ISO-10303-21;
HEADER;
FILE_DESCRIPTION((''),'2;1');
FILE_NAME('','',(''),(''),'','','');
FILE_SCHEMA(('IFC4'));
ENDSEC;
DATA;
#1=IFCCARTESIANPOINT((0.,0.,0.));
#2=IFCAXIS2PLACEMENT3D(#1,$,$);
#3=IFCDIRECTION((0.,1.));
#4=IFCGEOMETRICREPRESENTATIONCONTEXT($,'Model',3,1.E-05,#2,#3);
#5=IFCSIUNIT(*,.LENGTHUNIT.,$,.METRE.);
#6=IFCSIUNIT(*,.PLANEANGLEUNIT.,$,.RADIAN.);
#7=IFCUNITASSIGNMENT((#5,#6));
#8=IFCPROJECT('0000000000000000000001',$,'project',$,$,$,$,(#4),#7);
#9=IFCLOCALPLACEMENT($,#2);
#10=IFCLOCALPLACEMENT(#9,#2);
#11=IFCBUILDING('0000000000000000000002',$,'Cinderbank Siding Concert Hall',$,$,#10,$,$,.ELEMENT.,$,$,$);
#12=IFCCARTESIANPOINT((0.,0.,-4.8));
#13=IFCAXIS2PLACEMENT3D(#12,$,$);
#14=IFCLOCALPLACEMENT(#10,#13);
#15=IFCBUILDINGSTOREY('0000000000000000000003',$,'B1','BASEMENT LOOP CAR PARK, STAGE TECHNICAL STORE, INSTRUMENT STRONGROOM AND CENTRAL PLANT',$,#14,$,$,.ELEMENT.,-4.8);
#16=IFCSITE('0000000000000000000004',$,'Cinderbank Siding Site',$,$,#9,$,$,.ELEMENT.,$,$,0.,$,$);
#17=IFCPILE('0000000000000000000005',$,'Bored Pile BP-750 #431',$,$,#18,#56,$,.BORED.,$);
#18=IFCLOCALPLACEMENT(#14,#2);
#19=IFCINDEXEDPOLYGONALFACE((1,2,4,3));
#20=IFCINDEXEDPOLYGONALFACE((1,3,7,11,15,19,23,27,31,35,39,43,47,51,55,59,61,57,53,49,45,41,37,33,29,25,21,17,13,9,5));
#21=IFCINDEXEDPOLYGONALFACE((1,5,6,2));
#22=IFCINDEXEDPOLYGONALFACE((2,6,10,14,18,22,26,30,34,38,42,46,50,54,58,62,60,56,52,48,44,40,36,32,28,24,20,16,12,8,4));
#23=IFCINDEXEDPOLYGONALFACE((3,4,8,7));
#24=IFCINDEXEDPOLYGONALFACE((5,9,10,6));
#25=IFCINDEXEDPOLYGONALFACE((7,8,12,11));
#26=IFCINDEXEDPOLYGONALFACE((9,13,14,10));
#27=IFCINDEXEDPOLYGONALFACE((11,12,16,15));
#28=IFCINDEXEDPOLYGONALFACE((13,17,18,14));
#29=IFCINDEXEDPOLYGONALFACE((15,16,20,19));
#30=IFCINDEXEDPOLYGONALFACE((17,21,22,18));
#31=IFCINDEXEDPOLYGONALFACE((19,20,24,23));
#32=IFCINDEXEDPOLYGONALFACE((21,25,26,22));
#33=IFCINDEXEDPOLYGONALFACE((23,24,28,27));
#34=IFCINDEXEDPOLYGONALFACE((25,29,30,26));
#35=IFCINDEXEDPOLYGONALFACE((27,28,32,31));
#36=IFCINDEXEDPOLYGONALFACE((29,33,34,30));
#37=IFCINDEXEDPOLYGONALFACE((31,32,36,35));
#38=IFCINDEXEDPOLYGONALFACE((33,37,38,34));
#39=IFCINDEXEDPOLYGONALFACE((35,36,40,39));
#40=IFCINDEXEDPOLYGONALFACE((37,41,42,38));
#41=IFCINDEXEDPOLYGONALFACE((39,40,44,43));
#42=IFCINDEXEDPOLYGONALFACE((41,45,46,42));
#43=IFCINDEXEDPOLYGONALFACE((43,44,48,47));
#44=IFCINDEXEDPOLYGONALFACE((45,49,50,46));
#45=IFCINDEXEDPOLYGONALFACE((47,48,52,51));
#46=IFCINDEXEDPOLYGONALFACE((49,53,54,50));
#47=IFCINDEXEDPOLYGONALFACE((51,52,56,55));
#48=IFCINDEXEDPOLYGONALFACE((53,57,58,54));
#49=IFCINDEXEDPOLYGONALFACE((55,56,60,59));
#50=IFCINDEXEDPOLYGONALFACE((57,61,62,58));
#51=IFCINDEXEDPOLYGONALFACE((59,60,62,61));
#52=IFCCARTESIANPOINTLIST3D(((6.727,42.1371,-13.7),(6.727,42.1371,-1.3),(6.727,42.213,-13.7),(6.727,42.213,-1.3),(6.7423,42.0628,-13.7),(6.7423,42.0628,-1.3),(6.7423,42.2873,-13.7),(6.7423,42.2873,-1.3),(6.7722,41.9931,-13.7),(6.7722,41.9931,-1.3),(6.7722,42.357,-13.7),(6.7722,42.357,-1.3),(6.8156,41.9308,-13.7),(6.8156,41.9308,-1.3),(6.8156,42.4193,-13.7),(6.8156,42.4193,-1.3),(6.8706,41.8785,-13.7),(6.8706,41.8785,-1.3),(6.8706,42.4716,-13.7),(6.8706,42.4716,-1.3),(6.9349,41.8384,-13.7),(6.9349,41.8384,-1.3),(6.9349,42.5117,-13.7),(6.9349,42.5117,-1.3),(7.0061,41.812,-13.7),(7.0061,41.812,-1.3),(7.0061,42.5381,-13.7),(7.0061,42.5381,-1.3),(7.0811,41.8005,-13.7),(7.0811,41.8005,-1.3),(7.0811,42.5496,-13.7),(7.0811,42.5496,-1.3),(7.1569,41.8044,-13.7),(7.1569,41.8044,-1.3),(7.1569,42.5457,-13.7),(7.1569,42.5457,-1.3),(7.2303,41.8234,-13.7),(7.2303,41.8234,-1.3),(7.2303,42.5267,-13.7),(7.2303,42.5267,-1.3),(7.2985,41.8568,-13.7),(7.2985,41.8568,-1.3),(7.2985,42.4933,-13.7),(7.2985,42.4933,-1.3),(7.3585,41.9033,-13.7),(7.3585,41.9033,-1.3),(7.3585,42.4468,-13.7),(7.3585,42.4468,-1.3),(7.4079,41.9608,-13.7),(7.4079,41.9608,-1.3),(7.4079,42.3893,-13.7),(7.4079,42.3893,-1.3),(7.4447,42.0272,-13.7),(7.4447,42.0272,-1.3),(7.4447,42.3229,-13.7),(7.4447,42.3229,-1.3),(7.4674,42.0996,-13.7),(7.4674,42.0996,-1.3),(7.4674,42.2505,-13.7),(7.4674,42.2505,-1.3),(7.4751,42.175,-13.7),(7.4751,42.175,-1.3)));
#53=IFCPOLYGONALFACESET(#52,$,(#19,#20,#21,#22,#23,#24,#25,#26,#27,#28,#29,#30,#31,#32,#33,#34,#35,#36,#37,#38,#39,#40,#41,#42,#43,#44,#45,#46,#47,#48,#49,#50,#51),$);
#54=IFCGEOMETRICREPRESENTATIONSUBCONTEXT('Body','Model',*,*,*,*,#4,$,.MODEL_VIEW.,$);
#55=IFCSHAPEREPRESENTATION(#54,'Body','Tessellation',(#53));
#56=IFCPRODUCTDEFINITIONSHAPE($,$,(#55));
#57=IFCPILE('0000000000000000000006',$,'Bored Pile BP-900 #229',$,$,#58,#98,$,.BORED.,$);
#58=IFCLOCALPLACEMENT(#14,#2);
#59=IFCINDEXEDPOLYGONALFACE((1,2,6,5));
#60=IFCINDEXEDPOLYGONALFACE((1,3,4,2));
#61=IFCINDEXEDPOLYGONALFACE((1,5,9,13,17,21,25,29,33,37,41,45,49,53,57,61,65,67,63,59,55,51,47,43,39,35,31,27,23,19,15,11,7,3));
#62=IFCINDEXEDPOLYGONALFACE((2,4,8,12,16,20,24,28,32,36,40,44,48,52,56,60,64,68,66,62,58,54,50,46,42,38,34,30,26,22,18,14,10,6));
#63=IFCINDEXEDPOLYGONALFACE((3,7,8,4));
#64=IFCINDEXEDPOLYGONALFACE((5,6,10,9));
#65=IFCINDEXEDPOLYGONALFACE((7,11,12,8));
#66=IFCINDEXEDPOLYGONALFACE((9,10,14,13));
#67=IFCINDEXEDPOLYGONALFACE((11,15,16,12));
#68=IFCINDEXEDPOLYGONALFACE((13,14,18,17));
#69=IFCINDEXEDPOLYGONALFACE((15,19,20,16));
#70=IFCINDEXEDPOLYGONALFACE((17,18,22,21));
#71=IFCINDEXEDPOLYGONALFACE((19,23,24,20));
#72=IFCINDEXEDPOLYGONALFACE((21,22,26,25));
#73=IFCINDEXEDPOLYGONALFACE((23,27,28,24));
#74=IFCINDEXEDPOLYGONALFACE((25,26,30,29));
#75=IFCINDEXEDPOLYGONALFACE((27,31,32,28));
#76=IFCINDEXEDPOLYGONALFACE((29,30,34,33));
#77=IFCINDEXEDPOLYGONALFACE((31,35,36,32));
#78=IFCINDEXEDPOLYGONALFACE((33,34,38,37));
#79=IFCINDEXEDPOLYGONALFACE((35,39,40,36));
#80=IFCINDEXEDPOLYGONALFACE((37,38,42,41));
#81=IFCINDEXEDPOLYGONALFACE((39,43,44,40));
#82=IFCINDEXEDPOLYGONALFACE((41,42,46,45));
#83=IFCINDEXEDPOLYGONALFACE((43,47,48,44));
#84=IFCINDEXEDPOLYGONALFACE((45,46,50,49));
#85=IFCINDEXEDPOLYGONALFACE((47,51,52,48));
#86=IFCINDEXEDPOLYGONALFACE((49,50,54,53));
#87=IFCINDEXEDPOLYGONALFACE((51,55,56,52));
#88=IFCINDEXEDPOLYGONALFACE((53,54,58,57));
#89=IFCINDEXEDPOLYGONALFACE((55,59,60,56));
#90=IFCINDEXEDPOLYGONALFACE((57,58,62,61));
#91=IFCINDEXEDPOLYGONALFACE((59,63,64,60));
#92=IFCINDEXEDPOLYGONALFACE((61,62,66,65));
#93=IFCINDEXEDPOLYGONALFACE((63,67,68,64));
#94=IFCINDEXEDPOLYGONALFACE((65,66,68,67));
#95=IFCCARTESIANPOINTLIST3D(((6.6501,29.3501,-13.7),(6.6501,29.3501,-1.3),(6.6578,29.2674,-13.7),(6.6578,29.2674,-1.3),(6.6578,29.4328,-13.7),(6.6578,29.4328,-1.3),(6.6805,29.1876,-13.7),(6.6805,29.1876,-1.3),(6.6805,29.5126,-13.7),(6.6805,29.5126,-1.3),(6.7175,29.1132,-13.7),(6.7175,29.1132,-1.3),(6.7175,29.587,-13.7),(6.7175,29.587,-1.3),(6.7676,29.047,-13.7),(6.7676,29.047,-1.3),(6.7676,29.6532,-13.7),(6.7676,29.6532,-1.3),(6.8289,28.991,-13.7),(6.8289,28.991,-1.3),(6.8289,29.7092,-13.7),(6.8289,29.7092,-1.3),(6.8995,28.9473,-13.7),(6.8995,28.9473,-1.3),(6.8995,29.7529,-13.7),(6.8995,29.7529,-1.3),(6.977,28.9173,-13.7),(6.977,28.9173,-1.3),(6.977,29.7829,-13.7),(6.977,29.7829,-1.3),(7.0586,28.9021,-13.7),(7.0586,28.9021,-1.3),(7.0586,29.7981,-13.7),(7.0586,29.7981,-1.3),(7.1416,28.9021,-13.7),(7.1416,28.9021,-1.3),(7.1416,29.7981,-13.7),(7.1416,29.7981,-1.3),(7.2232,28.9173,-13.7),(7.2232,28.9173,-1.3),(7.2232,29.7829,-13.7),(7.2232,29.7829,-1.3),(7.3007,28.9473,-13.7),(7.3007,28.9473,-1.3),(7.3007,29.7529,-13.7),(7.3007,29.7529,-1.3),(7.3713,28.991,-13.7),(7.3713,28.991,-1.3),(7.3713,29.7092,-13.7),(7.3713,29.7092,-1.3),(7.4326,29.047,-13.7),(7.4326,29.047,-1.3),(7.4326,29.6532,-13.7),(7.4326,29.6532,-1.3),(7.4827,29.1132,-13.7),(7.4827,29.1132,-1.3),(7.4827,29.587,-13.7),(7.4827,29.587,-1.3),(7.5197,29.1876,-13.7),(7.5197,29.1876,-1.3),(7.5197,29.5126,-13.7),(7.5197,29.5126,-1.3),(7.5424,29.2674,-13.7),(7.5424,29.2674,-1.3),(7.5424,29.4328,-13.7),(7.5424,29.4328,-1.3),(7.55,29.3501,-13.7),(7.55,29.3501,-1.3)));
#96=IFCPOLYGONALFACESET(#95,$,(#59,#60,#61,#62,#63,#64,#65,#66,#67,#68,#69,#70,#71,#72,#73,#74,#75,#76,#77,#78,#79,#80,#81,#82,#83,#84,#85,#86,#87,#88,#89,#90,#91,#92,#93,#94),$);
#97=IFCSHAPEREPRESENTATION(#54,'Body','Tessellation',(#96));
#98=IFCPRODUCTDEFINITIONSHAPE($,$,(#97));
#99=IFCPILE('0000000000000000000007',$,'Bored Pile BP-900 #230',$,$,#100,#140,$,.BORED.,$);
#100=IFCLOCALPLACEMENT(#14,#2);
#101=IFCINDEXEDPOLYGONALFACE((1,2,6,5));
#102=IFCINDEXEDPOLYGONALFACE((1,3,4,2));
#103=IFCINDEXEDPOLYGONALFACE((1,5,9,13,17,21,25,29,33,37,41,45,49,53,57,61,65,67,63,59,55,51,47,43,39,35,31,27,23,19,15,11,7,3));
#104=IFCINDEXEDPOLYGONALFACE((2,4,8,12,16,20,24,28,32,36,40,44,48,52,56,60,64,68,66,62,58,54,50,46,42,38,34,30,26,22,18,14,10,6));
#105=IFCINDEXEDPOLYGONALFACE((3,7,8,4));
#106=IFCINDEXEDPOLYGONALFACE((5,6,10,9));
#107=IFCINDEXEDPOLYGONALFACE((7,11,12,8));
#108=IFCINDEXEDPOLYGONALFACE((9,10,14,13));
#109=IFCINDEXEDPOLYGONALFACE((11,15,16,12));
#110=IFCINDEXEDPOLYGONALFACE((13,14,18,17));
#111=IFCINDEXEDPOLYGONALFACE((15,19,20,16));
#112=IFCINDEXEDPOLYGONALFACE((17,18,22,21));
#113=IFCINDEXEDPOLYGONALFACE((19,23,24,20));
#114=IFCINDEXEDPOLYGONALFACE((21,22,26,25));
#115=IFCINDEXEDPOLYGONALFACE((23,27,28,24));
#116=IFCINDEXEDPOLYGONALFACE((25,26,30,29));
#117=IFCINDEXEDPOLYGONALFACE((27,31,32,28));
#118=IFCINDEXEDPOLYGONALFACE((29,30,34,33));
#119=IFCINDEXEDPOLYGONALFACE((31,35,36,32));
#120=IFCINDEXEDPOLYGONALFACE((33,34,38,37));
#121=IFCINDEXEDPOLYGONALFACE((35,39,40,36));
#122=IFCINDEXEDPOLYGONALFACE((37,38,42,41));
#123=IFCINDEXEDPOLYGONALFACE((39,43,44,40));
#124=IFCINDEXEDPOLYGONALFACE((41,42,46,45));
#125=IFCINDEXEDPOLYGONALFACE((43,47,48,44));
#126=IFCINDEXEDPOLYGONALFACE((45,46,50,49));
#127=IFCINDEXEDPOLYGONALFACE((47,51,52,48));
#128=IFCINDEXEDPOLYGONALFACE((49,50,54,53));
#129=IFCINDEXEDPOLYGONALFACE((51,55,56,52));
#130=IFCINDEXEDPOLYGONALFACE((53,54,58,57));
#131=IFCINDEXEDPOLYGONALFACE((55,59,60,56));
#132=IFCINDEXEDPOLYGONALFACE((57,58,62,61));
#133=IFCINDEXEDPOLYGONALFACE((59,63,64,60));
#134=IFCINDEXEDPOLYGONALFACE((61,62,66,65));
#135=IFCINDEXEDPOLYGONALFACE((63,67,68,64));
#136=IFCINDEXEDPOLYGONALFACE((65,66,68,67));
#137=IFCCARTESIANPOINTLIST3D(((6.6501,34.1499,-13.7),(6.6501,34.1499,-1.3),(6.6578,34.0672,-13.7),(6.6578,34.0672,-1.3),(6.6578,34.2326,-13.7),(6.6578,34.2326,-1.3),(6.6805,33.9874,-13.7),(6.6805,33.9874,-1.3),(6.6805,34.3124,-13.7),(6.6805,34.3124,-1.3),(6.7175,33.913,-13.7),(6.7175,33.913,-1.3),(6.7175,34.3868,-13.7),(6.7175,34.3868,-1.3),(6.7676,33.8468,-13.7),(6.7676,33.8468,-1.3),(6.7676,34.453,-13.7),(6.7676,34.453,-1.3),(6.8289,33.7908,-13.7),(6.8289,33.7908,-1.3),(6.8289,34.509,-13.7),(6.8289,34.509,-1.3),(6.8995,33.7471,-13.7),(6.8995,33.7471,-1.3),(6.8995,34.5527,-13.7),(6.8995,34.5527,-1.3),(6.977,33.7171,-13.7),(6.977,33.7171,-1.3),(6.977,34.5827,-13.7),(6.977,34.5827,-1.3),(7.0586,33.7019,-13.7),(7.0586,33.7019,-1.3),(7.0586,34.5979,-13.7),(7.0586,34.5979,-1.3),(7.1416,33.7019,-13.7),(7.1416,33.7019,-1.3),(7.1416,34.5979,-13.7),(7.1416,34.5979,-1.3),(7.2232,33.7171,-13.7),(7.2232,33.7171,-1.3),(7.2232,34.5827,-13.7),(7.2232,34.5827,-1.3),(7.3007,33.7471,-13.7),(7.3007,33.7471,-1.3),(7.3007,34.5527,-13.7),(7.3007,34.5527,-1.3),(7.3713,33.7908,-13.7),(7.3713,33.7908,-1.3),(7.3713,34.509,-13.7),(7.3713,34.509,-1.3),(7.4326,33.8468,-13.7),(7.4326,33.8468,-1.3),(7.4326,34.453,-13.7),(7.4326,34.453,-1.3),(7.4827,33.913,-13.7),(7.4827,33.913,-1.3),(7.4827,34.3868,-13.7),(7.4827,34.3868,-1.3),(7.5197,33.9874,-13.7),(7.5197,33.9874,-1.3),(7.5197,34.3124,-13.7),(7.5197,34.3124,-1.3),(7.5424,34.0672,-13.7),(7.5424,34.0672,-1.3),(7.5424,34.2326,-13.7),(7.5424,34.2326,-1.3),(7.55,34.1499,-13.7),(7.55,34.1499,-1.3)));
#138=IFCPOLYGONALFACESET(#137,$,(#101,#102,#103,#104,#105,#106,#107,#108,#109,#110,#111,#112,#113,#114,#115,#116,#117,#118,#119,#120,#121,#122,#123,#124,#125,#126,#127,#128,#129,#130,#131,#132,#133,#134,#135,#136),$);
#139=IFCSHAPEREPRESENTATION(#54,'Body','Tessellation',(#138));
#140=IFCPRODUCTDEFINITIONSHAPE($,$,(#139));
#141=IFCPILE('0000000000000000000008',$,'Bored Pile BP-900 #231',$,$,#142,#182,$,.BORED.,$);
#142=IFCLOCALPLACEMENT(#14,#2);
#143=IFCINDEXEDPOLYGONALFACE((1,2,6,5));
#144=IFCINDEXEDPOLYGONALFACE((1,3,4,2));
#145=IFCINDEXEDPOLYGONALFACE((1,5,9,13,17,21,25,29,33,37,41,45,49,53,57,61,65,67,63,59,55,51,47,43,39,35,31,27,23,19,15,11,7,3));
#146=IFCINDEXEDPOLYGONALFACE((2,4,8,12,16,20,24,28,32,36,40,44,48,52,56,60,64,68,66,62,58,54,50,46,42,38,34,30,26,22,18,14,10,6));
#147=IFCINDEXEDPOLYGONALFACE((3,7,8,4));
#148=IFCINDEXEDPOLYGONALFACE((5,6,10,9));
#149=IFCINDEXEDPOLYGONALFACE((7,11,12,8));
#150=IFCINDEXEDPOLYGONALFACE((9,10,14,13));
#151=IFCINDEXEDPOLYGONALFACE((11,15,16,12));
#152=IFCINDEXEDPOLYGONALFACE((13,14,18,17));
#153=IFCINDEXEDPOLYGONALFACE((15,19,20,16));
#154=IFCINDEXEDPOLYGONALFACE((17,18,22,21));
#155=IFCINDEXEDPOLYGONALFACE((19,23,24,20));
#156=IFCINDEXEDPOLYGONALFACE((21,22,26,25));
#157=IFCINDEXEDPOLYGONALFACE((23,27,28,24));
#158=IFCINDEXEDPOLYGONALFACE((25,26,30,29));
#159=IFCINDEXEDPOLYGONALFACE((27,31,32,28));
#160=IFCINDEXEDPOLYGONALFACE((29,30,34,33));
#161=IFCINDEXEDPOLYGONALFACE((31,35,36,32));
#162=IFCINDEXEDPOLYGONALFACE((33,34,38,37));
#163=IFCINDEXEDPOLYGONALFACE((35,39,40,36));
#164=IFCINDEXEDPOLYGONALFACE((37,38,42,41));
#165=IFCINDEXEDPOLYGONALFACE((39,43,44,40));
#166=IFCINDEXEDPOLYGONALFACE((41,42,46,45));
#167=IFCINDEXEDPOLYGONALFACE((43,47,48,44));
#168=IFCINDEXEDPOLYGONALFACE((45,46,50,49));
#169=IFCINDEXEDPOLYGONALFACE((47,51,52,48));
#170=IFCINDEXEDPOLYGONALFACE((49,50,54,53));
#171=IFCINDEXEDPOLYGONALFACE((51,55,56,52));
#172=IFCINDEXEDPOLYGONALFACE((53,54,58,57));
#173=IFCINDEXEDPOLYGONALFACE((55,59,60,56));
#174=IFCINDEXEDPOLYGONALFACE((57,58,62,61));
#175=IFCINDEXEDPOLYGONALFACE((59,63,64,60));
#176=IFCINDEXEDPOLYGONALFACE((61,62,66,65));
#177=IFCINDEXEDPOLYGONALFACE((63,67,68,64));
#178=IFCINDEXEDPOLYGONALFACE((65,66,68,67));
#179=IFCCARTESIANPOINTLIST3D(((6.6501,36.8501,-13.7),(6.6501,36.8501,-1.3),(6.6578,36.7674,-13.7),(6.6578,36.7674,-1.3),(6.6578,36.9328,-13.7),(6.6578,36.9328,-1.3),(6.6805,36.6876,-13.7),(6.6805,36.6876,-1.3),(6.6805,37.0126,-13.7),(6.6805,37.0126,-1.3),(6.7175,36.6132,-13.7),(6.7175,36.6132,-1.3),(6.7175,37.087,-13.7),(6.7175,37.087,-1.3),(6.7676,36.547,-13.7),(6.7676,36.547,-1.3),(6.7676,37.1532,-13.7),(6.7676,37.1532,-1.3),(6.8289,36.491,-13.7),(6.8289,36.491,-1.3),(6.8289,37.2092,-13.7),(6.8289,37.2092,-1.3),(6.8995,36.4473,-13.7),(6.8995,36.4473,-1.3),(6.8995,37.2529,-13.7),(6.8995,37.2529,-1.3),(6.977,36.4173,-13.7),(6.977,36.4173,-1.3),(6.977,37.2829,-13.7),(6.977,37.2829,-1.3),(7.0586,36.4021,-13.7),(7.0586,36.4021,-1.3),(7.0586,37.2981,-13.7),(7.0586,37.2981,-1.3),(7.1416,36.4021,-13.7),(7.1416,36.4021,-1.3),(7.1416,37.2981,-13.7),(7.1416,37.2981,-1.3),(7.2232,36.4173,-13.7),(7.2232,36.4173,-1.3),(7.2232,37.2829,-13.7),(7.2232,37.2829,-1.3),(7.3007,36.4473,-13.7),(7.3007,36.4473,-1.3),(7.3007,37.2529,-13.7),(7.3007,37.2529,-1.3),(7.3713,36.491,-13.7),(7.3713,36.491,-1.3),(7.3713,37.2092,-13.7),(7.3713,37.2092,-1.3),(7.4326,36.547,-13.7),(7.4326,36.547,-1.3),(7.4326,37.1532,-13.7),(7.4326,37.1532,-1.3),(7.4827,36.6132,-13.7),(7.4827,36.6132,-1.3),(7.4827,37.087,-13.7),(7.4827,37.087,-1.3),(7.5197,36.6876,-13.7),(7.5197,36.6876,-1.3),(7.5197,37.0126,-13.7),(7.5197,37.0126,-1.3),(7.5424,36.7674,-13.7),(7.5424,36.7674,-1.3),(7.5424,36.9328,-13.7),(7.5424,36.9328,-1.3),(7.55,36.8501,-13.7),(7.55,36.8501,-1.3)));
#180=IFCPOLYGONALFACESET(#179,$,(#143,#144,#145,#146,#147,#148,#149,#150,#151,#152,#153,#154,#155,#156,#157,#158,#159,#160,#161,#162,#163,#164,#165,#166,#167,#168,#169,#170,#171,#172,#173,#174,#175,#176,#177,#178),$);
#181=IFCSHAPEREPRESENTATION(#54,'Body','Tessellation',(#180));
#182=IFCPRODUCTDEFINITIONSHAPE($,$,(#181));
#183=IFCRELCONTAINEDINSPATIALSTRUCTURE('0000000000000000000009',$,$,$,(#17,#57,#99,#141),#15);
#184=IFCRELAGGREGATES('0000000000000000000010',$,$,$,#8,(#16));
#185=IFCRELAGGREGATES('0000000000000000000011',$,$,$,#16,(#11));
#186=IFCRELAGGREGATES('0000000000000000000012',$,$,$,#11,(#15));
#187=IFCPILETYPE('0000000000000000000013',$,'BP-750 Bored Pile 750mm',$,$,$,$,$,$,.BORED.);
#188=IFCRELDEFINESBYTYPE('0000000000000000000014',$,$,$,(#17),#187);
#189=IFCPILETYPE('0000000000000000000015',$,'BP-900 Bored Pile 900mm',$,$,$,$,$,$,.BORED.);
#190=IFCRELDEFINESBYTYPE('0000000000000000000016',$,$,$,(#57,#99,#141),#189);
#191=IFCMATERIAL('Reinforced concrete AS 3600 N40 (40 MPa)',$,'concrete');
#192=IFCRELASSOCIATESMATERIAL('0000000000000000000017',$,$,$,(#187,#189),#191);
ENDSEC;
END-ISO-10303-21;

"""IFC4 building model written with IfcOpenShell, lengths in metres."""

from ifc_helpers import new_model, si_unit, direction, frame, origin, origin_2d, place, context, subcontext, project, spatial, circle, extrude, material, material_profile, profile_set, type_object, element, save


model = new_model("IFC4")

# Units and contexts
model_context = context("Model", 3, precision=1e-05, world=origin(), true_north=direction((0.0, 1.0)))
body_context = subcontext(model_context, "Body", "Model", "MODEL_VIEW")
ifc_project = project(units=[si_unit("LENGTHUNIT", "METRE"), si_unit("PLANEANGLEUNIT", "RADIAN")], contexts=[model_context])

# Site, building, storey
site_placement = place(None, origin())
site = spatial("IfcSite", under=ifc_project, at=site_placement, Name="Cinderbank Siding Site", CompositionType="ELEMENT", RefElevation=0.0)
building_placement = place(site_placement, origin())
building = spatial("IfcBuilding", under=site, at=building_placement, Name="Cinderbank Siding Concert Hall", CompositionType="ELEMENT")
storey_placement = place(building_placement, frame((0.0, 0.0, -4.8)))
storey = spatial("IfcBuildingStorey", under=building, at=storey_placement, Name="B1", Description="BASEMENT LOOP CAR PARK, STAGE TECHNICAL STORE, INSTRUMENT STRONGROOM AND CENTRAL PLANT", CompositionType="ELEMENT", Elevation=-4.8)

# Piles
ifc_material_1 = material(Name="Reinforced concrete AS 3600 N40 (40 MPa)", Category="concrete")
ifc_material_profile_1 = material_profile(ifc_material_1, circle(Radius=0.375, at=origin_2d()), Name="PILE-750DIA", Category="LoadBearing")
ifc_profile_set_1 = profile_set([ifc_material_profile_1], Name="Reinforced concrete AS 3600 N40 (40 MPa)")
pile_type_1 = type_object("IfcPileType", Name="BP-750 Bored Pile 750mm", PredefinedType="BORED", material=ifc_profile_set_1)
pile_placement = place(storey_placement, frame((7.1001, 42.175, -1.3), z_axis=(0.0, 0.0, -1.0), x_axis=(1.0, 0.0, 0.0)))
element("IfcPile", 1, at=pile_placement, inside=storey, type_object=pile_type_1, Name="Bored Pile BP-750 #431", PredefinedType="BORED", context=body_context, shape_type="SweptSolid", body=[
    extrude(circle(Radius=0.375, at=origin_2d()), origin(), (0.0, 0.0, 1.0), 12.3999),
])
ifc_material_profile_2 = material_profile(ifc_material_1, circle(Radius=0.45, at=origin_2d()), Name="PILE-900DIA", Category="LoadBearing")
ifc_profile_set_2 = profile_set([ifc_material_profile_2], Name="Reinforced concrete AS 3600 N40 (40 MPa)")
pile_type_2 = type_object("IfcPileType", Name="BP-900 Bored Pile 900mm", PredefinedType="BORED", material=ifc_profile_set_2)
for number, where, z_axis, x_axis, name in (
    (2, (7.1001, 29.3501, -1.3), (0.0, 0.0, -1.0), (1.0, 0.0, 0.0), "Bored Pile BP-900 #229"),
    (3, (7.1001, 34.1499, -1.3), (0.0, 0.0, -1.0), (1.0, 0.0, 0.0), "Bored Pile BP-900 #230"),
    (4, (7.1001, 36.8501, -1.3), (0.0, 0.0, -1.0), (1.0, 0.0, 0.0), "Bored Pile BP-900 #231"),
):
    element("IfcPile", number, at=place(storey_placement, frame(where, z_axis=z_axis, x_axis=x_axis)), inside=storey, type_object=pile_type_2, Name=name, PredefinedType="BORED", context=body_context, shape_type="SweptSolid", body=[
        extrude(circle(Radius=0.45, at=origin_2d()), origin(), (0.0, 0.0, 1.0), 12.3999),
    ])

save(model, "model.ifc")
